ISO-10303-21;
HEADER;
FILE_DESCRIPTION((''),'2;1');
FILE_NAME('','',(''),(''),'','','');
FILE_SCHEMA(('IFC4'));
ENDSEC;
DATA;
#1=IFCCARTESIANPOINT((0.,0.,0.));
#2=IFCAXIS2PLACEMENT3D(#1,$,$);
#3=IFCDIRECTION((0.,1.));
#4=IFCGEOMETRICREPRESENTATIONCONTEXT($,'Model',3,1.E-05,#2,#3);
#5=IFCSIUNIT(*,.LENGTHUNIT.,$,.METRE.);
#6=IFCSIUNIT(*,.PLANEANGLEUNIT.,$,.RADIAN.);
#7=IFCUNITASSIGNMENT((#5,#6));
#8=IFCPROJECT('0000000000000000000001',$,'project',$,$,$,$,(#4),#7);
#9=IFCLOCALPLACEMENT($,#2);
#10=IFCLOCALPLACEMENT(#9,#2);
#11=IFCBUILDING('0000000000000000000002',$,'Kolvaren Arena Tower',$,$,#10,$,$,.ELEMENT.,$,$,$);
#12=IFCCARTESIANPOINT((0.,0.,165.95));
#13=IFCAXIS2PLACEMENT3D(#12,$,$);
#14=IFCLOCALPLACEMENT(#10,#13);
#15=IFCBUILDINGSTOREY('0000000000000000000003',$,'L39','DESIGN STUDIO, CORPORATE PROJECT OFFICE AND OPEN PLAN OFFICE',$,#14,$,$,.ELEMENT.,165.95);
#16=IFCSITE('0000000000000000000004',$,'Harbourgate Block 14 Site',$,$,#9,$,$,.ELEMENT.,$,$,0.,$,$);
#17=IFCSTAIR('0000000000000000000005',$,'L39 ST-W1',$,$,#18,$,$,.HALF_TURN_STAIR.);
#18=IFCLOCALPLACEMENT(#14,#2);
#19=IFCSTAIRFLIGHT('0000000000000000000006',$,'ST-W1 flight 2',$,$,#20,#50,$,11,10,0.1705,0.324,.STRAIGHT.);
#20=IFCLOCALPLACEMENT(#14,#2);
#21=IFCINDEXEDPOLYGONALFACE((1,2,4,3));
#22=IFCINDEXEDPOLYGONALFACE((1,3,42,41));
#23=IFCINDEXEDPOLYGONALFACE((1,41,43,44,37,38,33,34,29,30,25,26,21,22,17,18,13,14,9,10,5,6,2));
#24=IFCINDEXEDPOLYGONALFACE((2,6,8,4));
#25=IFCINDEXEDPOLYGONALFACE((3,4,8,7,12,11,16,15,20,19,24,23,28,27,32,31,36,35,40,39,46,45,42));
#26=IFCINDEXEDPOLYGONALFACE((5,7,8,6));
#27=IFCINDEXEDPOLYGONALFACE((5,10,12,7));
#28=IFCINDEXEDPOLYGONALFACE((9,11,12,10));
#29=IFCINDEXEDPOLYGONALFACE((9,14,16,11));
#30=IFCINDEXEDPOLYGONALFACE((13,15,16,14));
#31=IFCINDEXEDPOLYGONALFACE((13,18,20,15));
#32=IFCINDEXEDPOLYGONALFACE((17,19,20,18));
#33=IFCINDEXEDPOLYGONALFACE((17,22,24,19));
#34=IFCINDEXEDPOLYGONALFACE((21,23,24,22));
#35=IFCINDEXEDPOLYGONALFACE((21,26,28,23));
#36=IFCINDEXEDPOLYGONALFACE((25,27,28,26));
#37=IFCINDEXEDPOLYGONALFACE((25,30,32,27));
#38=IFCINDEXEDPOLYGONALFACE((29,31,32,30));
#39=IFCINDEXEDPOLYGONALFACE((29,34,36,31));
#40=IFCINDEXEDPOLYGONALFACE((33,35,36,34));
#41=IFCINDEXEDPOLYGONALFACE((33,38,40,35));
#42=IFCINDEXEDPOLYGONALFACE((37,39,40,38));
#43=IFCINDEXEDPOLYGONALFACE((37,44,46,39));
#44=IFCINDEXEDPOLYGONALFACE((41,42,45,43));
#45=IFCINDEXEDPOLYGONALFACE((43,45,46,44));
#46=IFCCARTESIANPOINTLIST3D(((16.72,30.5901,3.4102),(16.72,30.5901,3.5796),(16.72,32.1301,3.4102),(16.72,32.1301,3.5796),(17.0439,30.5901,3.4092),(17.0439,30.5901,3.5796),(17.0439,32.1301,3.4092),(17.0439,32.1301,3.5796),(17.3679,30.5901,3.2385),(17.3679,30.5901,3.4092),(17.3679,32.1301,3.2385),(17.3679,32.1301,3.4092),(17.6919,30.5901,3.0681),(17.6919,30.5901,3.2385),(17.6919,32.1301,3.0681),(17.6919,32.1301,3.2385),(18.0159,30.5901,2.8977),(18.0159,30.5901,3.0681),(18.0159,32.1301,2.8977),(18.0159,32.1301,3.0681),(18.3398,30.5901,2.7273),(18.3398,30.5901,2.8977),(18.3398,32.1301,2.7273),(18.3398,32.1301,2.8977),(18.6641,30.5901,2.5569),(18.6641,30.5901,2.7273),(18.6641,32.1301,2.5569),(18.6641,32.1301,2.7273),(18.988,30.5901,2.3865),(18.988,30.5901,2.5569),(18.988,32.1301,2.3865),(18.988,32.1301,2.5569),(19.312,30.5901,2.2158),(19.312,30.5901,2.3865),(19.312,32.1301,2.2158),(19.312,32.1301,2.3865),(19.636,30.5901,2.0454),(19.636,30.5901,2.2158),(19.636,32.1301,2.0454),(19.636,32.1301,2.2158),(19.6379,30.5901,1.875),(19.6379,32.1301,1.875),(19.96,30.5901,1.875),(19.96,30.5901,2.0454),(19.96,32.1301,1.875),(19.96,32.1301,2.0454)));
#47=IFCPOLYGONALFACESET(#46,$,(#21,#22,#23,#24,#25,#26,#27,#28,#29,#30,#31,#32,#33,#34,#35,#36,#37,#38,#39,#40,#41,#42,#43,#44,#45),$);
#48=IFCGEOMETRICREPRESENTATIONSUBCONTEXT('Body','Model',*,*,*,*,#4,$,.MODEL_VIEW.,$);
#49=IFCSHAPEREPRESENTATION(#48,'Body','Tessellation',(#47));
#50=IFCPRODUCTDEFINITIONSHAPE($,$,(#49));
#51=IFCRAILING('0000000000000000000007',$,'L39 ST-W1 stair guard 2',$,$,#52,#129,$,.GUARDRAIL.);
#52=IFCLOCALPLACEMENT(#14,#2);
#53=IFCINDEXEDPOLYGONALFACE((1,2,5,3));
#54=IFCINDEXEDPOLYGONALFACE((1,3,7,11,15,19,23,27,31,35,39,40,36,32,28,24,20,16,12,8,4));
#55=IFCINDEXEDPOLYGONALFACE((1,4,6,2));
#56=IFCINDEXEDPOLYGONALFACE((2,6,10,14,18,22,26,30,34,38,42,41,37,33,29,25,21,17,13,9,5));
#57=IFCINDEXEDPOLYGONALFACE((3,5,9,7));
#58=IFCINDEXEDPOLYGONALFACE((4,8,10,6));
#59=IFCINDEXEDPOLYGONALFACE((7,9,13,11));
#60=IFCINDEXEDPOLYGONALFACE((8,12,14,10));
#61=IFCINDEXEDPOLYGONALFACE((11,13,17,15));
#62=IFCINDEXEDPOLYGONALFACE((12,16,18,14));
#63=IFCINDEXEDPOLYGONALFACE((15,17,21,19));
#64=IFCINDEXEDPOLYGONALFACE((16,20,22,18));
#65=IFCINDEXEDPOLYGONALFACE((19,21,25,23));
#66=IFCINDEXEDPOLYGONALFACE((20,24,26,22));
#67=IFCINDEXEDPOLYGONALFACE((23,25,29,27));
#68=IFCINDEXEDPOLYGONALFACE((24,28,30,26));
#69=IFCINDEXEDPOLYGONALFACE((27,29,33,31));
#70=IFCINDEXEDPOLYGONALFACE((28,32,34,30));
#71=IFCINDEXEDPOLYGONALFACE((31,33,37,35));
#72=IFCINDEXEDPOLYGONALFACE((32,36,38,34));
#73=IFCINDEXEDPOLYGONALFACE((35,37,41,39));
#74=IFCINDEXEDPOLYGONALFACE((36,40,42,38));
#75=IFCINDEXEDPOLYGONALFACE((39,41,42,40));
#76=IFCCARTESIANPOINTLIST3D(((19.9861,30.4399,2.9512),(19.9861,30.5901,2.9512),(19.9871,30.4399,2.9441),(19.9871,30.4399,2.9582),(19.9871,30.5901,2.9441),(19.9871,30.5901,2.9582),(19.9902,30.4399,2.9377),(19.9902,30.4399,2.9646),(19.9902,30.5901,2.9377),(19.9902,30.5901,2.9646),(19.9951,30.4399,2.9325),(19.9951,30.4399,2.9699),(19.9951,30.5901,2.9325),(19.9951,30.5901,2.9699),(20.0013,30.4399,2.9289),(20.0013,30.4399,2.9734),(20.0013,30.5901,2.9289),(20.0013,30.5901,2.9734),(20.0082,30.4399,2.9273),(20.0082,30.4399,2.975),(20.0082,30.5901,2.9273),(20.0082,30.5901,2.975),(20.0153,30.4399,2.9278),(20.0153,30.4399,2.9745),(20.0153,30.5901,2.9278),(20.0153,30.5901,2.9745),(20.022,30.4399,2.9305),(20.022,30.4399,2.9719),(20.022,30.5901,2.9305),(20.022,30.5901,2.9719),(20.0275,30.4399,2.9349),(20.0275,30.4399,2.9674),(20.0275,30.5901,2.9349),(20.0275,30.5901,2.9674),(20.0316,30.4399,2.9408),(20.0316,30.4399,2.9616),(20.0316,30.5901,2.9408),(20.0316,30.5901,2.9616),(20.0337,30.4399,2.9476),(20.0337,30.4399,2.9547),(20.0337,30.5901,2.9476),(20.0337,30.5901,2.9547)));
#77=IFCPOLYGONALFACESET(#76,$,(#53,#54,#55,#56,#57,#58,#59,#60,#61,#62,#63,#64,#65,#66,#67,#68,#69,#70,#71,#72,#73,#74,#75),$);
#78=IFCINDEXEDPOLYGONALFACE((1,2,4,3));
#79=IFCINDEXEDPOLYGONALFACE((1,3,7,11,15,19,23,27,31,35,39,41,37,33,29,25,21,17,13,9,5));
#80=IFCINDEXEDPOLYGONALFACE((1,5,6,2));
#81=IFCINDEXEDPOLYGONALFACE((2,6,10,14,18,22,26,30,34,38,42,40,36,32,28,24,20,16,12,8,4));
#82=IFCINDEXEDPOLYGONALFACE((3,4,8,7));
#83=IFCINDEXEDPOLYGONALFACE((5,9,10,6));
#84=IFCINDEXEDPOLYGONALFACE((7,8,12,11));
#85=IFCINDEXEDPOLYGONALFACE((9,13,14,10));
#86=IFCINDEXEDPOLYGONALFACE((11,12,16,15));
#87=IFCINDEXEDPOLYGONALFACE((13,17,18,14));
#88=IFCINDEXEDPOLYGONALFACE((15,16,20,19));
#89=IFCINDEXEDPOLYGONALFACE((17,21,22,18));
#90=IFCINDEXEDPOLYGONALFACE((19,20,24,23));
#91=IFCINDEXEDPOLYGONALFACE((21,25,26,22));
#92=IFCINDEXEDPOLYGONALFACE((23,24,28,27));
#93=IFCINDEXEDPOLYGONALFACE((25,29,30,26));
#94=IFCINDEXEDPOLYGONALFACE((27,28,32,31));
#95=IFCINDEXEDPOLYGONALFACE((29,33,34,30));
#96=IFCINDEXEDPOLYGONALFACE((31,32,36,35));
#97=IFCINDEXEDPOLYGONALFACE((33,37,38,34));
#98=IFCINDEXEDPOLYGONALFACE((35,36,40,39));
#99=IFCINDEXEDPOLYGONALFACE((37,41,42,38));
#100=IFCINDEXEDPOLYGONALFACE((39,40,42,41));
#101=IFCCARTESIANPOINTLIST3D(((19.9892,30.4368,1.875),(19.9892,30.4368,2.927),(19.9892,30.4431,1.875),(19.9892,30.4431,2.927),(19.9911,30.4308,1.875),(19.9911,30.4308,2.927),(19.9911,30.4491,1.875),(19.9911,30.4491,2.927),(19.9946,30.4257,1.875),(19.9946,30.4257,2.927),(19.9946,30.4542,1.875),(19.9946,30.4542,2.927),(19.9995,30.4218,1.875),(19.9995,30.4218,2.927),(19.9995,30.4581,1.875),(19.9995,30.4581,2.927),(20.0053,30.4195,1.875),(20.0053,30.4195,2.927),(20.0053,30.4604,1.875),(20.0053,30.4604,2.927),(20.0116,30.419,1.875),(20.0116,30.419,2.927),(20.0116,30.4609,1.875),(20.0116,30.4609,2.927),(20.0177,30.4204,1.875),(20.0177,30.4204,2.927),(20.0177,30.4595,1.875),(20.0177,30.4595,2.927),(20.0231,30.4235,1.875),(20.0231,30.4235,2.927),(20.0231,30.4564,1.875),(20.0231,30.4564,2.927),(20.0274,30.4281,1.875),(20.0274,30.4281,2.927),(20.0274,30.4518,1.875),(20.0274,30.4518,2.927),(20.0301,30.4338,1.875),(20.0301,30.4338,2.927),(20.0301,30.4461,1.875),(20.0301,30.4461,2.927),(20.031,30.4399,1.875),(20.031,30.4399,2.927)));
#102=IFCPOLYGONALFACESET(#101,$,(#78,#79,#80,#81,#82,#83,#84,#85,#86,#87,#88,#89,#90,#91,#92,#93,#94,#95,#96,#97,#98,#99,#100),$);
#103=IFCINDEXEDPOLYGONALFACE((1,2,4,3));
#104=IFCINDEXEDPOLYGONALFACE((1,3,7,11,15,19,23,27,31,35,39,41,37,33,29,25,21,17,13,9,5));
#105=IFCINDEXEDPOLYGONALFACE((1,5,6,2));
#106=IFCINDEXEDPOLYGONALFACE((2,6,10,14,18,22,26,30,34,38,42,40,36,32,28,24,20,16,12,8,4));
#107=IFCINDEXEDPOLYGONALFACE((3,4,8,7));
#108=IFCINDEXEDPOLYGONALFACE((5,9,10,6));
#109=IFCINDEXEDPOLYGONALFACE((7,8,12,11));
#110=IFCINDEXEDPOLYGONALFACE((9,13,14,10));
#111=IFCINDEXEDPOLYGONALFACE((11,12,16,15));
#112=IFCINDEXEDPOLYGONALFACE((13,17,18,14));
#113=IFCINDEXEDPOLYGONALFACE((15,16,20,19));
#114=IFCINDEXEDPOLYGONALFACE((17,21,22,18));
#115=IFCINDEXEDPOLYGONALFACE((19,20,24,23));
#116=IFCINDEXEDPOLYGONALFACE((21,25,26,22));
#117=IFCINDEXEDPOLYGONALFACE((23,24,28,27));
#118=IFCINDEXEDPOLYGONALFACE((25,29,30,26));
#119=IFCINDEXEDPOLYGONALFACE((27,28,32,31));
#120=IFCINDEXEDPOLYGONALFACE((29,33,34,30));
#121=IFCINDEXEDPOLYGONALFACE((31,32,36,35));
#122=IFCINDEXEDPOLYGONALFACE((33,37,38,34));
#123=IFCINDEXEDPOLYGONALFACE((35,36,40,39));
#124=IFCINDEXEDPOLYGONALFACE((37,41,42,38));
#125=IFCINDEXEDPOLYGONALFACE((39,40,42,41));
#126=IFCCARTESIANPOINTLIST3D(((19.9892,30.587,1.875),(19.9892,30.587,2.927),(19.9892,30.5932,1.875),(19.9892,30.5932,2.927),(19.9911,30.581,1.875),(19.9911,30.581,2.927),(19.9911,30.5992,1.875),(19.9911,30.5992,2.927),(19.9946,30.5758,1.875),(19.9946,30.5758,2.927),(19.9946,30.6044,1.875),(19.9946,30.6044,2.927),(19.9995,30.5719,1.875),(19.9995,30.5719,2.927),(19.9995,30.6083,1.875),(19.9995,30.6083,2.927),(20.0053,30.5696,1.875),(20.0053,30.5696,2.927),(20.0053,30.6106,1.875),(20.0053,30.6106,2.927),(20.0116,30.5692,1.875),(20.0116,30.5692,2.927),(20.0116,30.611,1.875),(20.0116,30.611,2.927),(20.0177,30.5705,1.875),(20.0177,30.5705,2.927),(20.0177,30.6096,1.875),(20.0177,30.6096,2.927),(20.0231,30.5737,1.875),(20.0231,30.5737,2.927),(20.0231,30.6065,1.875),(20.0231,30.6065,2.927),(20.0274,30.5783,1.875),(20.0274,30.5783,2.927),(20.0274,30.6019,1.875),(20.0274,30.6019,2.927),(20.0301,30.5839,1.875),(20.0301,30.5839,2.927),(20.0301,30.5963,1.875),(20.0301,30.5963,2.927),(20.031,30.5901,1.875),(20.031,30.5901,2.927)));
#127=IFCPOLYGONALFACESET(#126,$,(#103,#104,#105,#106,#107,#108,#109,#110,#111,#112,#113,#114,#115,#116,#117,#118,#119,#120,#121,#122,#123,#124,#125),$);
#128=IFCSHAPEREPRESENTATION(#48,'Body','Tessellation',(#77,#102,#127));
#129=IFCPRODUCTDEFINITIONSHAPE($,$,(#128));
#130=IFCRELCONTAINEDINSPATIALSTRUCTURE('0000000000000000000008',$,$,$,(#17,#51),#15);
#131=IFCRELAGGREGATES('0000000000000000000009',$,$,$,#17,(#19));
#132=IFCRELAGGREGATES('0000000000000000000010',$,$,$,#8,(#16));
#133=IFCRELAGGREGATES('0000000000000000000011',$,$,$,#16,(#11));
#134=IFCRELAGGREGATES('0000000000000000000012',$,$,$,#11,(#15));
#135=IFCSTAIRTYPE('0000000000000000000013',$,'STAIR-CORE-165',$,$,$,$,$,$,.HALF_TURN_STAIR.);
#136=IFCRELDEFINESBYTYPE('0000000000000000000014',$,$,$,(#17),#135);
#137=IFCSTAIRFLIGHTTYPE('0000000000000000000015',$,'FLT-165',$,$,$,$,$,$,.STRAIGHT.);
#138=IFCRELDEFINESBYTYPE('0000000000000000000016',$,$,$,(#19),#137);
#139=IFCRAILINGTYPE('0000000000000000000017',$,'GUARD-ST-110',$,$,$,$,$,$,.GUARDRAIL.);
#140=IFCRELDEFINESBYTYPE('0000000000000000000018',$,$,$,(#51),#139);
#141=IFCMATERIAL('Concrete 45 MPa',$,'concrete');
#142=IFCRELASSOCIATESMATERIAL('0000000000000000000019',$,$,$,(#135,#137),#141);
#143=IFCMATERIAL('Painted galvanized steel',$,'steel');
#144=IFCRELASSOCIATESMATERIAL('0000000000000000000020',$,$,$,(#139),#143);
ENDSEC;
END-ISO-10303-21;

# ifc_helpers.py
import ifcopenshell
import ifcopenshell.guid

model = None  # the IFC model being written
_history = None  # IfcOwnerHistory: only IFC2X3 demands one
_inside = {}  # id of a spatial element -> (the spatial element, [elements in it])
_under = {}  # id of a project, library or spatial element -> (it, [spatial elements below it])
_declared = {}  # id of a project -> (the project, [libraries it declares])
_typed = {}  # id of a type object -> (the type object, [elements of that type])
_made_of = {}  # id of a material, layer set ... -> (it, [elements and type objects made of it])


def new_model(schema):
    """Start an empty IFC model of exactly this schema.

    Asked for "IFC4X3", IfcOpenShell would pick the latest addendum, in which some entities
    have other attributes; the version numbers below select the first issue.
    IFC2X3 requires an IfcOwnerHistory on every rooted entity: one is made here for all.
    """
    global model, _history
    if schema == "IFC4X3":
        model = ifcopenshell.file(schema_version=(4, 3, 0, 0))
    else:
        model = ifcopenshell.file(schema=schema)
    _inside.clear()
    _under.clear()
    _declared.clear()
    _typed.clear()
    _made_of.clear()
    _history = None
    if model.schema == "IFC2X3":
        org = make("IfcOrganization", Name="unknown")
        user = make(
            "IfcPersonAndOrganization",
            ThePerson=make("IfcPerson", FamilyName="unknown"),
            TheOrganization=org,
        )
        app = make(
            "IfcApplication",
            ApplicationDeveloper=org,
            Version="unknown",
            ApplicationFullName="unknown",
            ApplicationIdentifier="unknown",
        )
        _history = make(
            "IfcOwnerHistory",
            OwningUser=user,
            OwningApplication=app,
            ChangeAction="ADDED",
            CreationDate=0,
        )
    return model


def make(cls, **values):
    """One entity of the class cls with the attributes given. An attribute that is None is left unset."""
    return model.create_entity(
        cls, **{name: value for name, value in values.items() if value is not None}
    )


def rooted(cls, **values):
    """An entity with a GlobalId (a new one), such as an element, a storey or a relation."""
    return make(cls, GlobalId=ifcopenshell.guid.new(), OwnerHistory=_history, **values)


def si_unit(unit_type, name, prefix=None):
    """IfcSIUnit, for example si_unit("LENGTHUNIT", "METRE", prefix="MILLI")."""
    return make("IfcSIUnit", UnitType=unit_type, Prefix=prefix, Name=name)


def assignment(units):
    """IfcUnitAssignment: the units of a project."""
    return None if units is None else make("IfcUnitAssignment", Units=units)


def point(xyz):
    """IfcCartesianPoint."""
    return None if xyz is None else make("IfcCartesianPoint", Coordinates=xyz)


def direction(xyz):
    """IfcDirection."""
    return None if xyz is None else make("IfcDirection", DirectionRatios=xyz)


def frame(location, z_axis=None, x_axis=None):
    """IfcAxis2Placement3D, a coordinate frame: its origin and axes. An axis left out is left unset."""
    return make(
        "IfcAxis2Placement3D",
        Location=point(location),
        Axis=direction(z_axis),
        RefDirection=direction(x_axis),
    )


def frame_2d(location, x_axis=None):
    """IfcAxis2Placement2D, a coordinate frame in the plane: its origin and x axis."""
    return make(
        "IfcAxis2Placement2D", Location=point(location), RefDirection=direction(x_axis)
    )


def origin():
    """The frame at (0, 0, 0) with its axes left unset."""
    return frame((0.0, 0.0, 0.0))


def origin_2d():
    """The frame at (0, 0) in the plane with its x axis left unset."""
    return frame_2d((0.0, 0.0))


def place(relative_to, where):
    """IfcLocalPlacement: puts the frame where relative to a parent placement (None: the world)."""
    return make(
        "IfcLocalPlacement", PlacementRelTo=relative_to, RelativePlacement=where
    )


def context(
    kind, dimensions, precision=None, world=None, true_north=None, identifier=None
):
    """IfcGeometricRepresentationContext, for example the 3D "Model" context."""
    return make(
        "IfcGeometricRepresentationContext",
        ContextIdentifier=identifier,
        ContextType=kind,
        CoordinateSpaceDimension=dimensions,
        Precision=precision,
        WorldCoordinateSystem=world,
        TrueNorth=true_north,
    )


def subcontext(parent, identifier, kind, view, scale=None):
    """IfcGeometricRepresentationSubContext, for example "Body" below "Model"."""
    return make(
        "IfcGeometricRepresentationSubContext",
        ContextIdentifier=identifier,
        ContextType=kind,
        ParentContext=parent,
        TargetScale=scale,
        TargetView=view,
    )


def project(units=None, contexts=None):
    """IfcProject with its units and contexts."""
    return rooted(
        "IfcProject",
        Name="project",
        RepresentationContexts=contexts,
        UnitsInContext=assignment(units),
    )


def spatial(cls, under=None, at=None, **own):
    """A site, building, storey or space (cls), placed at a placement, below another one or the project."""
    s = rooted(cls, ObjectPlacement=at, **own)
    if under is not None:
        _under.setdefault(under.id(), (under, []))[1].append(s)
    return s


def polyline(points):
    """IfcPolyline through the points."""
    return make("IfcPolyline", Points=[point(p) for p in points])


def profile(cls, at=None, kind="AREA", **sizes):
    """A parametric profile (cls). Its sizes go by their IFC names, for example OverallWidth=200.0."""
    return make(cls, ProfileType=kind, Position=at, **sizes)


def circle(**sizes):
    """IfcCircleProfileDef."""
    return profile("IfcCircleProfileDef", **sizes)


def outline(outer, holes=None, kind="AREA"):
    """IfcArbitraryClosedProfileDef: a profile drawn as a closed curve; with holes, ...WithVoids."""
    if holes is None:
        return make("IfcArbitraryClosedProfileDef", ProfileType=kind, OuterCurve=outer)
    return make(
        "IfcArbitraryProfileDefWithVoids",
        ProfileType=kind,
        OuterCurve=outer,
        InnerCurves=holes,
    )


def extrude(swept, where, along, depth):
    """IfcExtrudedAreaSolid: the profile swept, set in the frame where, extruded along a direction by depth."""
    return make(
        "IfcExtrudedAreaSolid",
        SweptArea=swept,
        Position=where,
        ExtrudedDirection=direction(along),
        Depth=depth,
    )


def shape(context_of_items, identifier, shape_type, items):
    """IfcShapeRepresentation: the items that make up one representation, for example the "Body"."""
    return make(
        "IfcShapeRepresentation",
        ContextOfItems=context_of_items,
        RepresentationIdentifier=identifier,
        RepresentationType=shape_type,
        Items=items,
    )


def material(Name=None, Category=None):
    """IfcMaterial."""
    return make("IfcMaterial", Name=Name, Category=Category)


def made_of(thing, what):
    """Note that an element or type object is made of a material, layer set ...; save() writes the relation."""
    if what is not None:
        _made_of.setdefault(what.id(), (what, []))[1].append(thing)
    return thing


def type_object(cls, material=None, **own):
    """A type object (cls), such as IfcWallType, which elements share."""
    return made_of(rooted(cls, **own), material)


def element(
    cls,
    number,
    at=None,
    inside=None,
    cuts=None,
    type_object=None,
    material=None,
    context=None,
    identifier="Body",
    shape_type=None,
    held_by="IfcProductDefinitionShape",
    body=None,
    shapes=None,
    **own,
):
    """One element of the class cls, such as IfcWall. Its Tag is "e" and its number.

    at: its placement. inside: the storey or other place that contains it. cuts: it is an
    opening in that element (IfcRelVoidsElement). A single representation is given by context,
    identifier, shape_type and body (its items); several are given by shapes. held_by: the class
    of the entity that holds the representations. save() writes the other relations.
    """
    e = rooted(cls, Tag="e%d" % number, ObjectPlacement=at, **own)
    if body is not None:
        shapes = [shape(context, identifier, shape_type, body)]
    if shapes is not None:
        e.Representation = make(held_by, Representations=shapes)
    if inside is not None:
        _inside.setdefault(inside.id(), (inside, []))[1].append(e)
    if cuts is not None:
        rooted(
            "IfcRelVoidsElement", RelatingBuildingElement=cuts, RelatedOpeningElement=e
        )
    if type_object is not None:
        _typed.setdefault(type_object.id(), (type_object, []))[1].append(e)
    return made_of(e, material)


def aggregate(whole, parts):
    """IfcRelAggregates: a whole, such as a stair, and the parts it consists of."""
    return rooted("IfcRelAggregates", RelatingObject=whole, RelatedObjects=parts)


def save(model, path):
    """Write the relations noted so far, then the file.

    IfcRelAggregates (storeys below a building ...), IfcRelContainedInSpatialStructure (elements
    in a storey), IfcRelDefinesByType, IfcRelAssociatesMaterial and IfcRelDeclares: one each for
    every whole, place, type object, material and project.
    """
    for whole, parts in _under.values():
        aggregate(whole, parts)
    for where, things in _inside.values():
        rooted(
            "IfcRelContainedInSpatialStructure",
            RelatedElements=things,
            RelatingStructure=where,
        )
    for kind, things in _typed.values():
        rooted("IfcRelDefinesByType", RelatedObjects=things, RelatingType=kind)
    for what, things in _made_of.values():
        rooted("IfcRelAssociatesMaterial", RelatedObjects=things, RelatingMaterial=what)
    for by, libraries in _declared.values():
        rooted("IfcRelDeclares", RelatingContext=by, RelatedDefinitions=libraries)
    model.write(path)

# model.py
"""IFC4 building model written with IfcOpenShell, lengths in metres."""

from ifc_helpers import new_model, si_unit, direction, frame, origin, origin_2d, place, context, subcontext, project, spatial, polyline, circle, outline, extrude, material, type_object, element, aggregate, save


model = new_model("IFC4")

# Units and contexts
model_context = context("Model", 3, precision=1e-05, world=origin(), true_north=direction((0.0, 1.0)))
body_context = subcontext(model_context, "Body", "Model", "MODEL_VIEW")
ifc_project = project(units=[si_unit("LENGTHUNIT", "METRE"), si_unit("PLANEANGLEUNIT", "RADIAN")], contexts=[model_context])

# Site, building, storey
site_placement = place(None, origin())
site = spatial("IfcSite", under=ifc_project, at=site_placement, Name="Harbourgate Block 14 Site", CompositionType="ELEMENT", RefElevation=0.0)
building_placement = place(site_placement, origin())
building = spatial("IfcBuilding", under=site, at=building_placement, Name="Kolvaren Arena Tower", CompositionType="ELEMENT")
storey_placement = place(building_placement, frame((0.0, 0.0, 165.95)))
storey = spatial("IfcBuildingStorey", under=building, at=storey_placement, Name="L39", Description="DESIGN STUDIO, CORPORATE PROJECT OFFICE AND OPEN PLAN OFFICE", CompositionType="ELEMENT", Elevation=165.95)

# Shared definitions
ifc_material_1 = material(Name="Concrete 45 MPa", Category="concrete")

# Stair, stair flight
stair_type = type_object("IfcStairType", Name="STAIR-CORE-165", PredefinedType="HALF_TURN_STAIR", material=ifc_material_1)
stair_placement = place(storey_placement, origin())
stair = element("IfcStair", 1, at=stair_placement, inside=storey, type_object=stair_type, Name="L39 ST-W1", PredefinedType="HALF_TURN_STAIR")
stair_flight_type = type_object("IfcStairFlightType", Name="FLT-165", PredefinedType="STRAIGHT", material=ifc_material_1)
stair_flight_placement = place(storey_placement, frame((19.96, 31.3601, 1.875), z_axis=(0.0, 0.0, 1.0), x_axis=(-1.0, 0.0, 0.0)))
stair_flight = element("IfcStairFlight", 2, at=stair_flight_placement, type_object=stair_flight_type, Name="ST-W1 flight 2", NumberOfRisers=11, NumberOfTreads=10, PredefinedType="STRAIGHT", RiserHeight=0.1705, TreadLength=0.324, context=body_context, shape_type="SweptSolid", body=[
    extrude(outline(polyline([(0.0, 0.0), (0.0, 0.1704), (0.324, 0.1704), (0.324, 0.3408), (0.6479, 0.3408), (0.6479, 0.5115), (0.9719, 0.5115), (0.9719, 0.6819), (1.2959, 0.6819), (1.2959, 0.8523), (1.6201, 0.8523), (1.6201, 1.0227), (1.9441, 1.0227), (1.9441, 1.1931), (2.2681, 1.1931), (2.2681, 1.3635), (2.592, 1.3635), (2.592, 1.5342), (2.916, 1.5342), (2.916, 1.7046), (3.24, 1.7046), (3.24, 1.875), (3.24, 1.5352), (0.322, 0.0), (0.0, 0.0)])), frame((0.0, 0.77, 0.0), z_axis=(0.0, -1.0, 0.0), x_axis=(1.0, 0.0, 0.0)), (0.0, 0.0, 1.0), 1.54),
])
aggregate(stair, [stair_flight])

# Railing
ifc_material_2 = material(Name="Painted galvanized steel", Category="steel")
railing_type_1 = type_object("IfcRailingType", Name="GUARD-ST-110", PredefinedType="GUARDRAIL", material=ifc_material_2)
railing_1_placement = place(storey_placement, frame((20.01, 30.4399, 1.875)))
element("IfcRailing", 3, at=railing_1_placement, inside=storey, type_object=railing_type_1, Name="L39 ST-W1 stair guard 2", PredefinedType="GUARDRAIL", context=body_context, shape_type="SweptSolid", body=[
    extrude(circle(Radius=0.0239, at=origin_2d()), frame((0.0, 0.0, 1.0762), z_axis=(0.0, 1.0, 0.0), x_axis=(-1.0, 0.0, 0.0)), (0.0, 0.0, 1.0), 0.1501),
    extrude(circle(Radius=0.021, at=origin_2d()), origin(), (0.0, 0.0, 1.0), 1.052),
    extrude(circle(Radius=0.021, at=origin_2d()), frame((0.0, 0.1501, 0.0)), (0.0, 0.0, 1.0), 1.052),
])

save(model, "model.ifc")
